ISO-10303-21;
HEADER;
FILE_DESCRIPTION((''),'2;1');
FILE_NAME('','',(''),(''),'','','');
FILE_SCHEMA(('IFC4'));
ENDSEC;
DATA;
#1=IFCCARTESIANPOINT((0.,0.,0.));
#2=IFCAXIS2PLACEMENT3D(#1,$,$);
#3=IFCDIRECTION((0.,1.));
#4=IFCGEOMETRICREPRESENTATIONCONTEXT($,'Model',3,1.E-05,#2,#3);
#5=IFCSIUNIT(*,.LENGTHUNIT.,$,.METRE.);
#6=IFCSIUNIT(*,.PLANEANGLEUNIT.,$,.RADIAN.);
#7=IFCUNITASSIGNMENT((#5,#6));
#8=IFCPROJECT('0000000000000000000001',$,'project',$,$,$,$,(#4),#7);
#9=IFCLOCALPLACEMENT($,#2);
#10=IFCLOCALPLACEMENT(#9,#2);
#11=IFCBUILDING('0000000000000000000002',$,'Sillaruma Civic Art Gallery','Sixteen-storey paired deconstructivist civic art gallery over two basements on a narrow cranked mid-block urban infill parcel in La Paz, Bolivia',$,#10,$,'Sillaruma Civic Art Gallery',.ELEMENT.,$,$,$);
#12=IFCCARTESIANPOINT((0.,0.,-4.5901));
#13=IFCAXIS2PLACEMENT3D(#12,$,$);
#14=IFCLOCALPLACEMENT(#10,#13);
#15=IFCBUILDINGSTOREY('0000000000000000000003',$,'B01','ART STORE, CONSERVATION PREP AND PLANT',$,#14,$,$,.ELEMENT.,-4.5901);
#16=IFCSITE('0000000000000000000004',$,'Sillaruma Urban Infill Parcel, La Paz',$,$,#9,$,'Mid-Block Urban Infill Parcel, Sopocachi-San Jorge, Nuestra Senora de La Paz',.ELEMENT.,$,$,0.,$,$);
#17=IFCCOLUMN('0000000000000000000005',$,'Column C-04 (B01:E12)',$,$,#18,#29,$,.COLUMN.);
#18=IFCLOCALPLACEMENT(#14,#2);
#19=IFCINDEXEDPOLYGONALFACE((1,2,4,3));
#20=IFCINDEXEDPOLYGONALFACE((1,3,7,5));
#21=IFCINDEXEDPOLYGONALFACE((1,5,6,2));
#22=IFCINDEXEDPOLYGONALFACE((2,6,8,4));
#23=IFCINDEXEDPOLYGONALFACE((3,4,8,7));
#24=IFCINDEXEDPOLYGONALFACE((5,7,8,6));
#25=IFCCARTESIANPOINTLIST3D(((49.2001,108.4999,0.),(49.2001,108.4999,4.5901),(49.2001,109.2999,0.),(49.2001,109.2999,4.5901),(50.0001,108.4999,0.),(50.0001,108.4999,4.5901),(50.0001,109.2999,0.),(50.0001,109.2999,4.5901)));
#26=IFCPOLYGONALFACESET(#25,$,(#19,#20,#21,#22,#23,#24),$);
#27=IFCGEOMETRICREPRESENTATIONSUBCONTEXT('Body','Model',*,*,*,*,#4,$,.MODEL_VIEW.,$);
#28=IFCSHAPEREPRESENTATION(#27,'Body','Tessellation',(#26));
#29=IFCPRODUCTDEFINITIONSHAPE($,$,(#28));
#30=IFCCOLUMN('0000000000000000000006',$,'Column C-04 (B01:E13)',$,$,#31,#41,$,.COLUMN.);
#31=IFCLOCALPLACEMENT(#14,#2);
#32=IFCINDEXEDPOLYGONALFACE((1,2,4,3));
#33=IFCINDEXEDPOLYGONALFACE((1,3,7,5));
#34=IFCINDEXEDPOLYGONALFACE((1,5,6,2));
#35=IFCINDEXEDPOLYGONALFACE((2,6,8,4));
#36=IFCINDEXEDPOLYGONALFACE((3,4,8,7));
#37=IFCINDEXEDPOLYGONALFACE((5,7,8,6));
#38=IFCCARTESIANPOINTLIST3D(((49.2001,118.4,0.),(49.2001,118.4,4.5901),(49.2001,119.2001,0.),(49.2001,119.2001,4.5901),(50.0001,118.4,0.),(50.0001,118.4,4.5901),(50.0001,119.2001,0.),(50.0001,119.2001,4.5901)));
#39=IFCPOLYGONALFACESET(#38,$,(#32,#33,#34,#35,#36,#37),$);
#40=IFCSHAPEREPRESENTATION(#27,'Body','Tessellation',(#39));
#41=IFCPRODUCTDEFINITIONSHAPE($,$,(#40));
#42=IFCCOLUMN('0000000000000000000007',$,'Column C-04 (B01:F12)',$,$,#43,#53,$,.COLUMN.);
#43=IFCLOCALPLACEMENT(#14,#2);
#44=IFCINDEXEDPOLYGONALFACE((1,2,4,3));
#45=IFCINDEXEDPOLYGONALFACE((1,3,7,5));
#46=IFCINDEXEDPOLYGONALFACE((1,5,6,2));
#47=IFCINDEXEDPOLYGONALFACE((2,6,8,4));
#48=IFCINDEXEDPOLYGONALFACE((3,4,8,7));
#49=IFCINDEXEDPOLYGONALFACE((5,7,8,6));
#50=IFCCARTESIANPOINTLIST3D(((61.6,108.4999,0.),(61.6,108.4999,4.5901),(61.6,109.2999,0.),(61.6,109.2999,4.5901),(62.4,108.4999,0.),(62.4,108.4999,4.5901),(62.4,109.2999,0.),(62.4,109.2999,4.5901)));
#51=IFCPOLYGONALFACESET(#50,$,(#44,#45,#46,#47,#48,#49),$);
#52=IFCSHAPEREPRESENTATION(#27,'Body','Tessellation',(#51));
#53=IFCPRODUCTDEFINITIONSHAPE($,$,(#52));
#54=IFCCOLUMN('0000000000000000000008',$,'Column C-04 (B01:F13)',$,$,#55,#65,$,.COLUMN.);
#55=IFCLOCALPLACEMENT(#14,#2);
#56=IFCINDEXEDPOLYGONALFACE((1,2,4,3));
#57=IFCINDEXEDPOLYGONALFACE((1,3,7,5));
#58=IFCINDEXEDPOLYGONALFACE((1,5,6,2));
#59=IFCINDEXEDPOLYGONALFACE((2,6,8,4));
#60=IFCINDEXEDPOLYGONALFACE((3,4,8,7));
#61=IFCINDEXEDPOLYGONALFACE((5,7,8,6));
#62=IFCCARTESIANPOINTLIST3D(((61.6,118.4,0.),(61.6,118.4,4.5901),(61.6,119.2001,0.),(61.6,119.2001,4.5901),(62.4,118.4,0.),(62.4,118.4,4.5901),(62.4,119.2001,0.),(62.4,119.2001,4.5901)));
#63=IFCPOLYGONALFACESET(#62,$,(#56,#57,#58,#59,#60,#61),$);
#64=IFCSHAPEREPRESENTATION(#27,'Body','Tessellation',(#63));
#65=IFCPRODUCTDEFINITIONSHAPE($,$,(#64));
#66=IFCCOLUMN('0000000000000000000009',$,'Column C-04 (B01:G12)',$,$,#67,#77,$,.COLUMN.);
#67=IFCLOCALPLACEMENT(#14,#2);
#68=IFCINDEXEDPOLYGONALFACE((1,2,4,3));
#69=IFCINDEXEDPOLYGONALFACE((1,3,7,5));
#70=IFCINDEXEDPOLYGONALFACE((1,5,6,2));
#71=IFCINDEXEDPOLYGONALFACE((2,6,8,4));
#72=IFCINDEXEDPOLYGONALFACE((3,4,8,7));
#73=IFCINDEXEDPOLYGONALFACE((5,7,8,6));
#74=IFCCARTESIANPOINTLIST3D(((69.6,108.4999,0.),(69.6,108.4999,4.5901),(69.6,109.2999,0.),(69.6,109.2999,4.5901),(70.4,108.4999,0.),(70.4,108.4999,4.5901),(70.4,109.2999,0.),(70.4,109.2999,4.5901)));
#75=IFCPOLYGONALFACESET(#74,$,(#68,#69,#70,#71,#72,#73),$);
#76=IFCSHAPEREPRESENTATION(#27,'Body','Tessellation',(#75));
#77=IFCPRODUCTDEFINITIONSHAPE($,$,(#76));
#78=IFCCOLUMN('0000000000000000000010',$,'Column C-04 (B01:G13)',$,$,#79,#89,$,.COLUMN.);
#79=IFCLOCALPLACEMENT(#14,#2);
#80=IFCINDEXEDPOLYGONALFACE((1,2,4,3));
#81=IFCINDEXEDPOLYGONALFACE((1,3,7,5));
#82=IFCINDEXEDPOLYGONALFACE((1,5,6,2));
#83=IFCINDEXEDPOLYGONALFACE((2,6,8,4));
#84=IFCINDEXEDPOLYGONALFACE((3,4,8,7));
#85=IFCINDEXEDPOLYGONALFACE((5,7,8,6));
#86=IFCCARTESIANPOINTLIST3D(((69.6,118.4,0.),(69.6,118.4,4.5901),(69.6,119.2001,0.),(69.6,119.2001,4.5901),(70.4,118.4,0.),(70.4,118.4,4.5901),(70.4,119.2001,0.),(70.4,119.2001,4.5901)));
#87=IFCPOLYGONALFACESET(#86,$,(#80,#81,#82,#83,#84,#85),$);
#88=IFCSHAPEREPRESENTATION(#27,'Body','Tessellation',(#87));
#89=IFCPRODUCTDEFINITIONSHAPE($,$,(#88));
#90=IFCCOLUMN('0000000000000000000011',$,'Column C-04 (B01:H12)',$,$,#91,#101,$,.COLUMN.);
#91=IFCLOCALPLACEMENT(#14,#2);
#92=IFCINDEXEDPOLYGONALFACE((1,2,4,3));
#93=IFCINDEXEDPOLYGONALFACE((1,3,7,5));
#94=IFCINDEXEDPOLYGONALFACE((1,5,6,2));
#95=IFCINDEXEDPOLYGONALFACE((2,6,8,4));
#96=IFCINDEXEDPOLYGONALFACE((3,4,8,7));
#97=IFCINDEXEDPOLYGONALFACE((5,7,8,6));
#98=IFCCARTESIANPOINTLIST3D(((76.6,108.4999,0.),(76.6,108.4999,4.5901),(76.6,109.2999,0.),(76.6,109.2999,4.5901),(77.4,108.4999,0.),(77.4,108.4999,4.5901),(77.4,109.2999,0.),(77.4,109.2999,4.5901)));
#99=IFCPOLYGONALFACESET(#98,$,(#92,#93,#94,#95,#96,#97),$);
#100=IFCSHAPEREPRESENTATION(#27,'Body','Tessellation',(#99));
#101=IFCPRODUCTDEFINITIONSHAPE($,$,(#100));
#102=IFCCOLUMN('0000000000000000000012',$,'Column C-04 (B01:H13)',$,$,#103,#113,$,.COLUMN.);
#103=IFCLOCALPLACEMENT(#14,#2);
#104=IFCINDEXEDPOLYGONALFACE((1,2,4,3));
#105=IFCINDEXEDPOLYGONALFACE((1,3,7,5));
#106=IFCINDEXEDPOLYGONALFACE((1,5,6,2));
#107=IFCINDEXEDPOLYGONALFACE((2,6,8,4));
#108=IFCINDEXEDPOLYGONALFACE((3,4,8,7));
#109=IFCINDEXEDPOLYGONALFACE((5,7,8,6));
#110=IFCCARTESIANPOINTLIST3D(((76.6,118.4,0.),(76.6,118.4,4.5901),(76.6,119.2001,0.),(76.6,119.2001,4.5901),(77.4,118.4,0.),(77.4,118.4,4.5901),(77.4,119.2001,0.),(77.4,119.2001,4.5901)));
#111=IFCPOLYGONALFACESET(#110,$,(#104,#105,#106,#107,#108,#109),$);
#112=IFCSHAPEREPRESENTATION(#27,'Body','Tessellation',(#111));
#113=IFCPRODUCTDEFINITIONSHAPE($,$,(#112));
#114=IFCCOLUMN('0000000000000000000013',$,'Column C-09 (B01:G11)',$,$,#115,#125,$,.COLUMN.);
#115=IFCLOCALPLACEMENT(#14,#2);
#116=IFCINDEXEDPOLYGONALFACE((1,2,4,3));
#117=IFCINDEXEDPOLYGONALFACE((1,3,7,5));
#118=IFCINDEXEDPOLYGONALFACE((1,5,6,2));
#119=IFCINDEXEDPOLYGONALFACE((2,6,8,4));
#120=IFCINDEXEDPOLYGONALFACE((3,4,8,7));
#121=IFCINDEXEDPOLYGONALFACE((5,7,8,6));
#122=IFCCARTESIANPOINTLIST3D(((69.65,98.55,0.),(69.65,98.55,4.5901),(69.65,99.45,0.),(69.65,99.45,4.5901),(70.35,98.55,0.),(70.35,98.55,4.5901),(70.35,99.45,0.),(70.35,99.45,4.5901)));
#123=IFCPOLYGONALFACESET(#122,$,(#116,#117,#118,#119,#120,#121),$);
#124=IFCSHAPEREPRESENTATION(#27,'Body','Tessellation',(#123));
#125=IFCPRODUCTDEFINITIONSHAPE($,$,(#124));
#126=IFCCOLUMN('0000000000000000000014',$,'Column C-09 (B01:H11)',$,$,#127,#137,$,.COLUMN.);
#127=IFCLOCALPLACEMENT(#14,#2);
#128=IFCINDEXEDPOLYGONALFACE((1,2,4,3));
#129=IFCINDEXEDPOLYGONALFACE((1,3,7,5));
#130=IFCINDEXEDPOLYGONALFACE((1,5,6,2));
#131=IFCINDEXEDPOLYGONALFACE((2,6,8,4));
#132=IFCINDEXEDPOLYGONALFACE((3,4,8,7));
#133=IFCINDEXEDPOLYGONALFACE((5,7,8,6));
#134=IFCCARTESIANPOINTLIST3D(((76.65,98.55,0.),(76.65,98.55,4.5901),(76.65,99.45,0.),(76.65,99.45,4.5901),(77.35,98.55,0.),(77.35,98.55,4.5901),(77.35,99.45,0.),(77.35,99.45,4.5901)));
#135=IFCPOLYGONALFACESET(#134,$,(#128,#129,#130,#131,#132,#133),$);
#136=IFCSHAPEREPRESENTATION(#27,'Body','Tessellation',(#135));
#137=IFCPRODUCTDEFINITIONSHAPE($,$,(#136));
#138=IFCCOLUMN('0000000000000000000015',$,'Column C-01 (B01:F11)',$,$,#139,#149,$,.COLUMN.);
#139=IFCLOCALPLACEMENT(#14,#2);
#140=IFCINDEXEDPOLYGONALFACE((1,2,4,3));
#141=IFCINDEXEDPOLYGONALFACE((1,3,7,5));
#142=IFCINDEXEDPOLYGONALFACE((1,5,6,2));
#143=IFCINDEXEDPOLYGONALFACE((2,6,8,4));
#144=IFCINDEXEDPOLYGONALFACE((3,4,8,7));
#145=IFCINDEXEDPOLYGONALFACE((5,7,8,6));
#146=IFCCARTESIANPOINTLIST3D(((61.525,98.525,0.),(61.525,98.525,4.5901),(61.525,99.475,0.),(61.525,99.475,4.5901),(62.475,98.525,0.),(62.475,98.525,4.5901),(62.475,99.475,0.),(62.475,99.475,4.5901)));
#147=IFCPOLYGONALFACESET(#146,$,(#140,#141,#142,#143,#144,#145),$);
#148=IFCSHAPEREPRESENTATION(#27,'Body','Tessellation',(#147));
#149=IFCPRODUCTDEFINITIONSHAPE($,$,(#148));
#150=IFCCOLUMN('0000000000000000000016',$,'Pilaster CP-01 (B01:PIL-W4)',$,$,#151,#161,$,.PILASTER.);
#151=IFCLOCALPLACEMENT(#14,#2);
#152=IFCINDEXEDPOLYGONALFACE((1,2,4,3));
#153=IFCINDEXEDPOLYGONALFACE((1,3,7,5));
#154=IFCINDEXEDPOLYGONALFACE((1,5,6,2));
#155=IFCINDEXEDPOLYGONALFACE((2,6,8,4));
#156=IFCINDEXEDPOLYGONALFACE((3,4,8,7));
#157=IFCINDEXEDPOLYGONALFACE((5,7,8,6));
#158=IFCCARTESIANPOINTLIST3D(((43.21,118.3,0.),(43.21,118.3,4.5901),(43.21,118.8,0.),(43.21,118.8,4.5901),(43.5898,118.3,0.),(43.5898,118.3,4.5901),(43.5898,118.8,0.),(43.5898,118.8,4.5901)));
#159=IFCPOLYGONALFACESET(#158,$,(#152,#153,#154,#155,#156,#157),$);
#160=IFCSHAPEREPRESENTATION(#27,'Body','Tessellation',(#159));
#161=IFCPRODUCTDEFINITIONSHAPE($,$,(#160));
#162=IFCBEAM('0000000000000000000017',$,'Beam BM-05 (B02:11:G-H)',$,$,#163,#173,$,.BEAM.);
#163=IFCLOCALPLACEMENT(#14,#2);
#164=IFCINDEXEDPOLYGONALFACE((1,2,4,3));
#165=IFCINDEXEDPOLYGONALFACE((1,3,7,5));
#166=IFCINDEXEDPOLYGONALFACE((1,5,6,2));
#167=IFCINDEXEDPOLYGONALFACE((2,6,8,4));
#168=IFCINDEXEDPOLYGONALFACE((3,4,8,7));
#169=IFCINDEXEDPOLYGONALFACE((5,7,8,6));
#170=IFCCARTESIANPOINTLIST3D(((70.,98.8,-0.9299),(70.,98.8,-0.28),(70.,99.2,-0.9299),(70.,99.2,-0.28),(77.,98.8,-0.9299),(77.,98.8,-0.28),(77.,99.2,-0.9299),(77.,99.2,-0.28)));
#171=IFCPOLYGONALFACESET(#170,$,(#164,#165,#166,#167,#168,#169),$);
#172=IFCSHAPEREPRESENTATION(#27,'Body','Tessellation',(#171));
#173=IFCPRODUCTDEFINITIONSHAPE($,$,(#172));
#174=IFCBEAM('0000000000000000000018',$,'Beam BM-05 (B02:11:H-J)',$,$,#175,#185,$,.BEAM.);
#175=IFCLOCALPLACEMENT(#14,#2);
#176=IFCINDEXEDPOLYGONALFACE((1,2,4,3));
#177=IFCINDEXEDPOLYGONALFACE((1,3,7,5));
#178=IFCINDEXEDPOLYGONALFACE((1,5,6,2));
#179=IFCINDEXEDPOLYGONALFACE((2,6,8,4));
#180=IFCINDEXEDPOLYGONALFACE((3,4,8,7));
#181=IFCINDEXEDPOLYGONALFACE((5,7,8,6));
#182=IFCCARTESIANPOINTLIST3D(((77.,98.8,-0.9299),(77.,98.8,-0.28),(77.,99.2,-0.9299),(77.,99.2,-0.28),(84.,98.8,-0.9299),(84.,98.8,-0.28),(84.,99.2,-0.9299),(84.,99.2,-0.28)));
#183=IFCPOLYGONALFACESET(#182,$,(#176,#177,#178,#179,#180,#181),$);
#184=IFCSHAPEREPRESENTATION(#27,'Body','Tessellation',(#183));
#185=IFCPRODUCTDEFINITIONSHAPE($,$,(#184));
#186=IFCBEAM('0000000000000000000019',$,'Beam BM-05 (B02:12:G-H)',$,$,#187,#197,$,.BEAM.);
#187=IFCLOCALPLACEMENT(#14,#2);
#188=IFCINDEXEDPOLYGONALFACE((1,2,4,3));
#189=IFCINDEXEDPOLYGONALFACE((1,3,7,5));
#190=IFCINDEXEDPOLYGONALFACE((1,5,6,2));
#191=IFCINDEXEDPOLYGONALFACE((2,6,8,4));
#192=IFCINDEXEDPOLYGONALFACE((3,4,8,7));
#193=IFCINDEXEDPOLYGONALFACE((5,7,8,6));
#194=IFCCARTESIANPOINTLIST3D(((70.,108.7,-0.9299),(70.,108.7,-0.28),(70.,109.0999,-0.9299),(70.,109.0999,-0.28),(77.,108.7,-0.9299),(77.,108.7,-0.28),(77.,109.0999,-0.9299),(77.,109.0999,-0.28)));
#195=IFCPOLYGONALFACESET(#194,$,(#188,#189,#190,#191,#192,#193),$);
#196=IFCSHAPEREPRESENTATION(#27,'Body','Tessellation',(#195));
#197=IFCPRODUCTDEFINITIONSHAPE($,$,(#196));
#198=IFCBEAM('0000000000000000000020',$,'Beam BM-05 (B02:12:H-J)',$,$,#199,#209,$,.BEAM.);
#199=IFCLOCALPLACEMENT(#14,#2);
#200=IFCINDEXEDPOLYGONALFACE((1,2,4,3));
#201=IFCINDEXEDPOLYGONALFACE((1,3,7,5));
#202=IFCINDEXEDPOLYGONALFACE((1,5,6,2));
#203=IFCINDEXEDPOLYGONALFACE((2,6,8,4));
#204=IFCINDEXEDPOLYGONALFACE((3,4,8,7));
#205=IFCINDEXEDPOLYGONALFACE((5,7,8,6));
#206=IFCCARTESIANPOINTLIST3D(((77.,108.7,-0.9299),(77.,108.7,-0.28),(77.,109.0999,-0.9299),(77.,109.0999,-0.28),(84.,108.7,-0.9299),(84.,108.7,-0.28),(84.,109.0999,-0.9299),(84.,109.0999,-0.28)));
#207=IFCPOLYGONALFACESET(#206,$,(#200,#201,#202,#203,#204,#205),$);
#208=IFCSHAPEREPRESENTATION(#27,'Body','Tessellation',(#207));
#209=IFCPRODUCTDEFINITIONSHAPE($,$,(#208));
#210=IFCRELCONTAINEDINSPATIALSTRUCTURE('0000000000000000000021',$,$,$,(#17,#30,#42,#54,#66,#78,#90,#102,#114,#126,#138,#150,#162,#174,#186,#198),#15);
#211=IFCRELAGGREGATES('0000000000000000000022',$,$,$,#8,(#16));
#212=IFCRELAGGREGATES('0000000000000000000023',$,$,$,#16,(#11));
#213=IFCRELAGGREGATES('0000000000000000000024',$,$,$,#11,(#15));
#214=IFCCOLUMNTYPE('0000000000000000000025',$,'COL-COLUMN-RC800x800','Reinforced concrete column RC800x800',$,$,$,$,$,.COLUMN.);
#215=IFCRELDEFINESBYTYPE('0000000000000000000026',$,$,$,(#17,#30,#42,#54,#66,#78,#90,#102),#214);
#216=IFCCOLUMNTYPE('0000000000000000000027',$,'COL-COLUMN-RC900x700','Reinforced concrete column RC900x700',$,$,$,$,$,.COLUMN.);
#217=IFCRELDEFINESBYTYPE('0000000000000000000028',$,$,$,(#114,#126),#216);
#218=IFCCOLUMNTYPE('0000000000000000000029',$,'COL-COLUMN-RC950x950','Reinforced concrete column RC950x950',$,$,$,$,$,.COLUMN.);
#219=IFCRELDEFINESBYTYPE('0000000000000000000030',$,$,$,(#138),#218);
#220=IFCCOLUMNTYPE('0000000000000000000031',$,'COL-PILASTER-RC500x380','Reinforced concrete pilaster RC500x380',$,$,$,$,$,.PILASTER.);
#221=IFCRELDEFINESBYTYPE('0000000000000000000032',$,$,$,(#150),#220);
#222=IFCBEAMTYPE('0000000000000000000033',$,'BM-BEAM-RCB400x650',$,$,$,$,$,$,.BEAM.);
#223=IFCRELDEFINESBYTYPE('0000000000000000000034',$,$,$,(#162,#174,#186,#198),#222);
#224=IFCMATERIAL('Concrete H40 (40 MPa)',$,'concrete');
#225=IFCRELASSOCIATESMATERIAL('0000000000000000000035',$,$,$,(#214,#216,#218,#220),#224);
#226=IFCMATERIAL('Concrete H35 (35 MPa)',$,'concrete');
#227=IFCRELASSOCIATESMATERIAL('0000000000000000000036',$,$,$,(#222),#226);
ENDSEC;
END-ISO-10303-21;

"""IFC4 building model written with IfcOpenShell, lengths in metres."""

from ifc_helpers import new_model, si_unit, direction, frame, origin, origin_2d, place, context, subcontext, project, spatial, rectangle, extrude, material, material_profile, profile_set, type_object, element, save


model = new_model("IFC4")

# Units and contexts
model_context = context("Model", 3, precision=1e-05, world=origin(), true_north=direction((0.0, 1.0)))
body_context = subcontext(model_context, "Body", "Model", "MODEL_VIEW")
ifc_project = project(units=[si_unit("LENGTHUNIT", "METRE"), si_unit("PLANEANGLEUNIT", "RADIAN")], contexts=[model_context])

# Site, building, storey
site_placement = place(None, origin())
site = spatial("IfcSite", under=ifc_project, at=site_placement, Name="Sillaruma Urban Infill Parcel, La Paz", LongName="Mid-Block Urban Infill Parcel, Sopocachi-San Jorge, Nuestra Senora de La Paz", CompositionType="ELEMENT", RefElevation=0.0)
building_placement = place(site_placement, origin())
building = spatial("IfcBuilding", under=site, at=building_placement, Name="Sillaruma Civic Art Gallery", Description="Sixteen-storey paired deconstructivist civic art gallery over two basements on a narrow cranked mid-block urban infill parcel in La Paz, Bolivia", LongName="Sillaruma Civic Art Gallery", CompositionType="ELEMENT")
storey_placement = place(building_placement, frame((0.0, 0.0, -4.5901)))
storey = spatial("IfcBuildingStorey", under=building, at=storey_placement, Name="B01", Description="ART STORE, CONSERVATION PREP AND PLANT", CompositionType="ELEMENT", Elevation=-4.5901)

# Columns
ifc_material_1 = material(Name="Concrete H40 (40 MPa)", Category="concrete")
ifc_material_profile_1 = material_profile(ifc_material_1, rectangle(XDim=0.8, YDim=0.8, at=origin_2d()), Name="RC800x800")
ifc_profile_set_1 = profile_set([ifc_material_profile_1], Name="Concrete H40 (40 MPa)")
column_type_1 = type_object("IfcColumnType", Name="COL-COLUMN-RC800x800", Description="Reinforced concrete column RC800x800", PredefinedType="COLUMN", material=ifc_profile_set_1)
for number, where, z_axis, x_axis, name in (
    (1, (49.6001, 108.8999, 0.0), (0.0, 0.0, 1.0), (1.0, 0.0, 0.0), "Column C-04 (B01:E12)"),
    (2, (49.6001, 118.8, 0.0), (0.0, 0.0, 1.0), (1.0, 0.0, 0.0), "Column C-04 (B01:E13)"),
    (3, (62.0, 108.8999, 0.0), (0.0, 0.0, 1.0), (1.0, 0.0, 0.0), "Column C-04 (B01:F12)"),
    (4, (62.0, 118.8, 0.0), (0.0, 0.0, 1.0), (1.0, 0.0, 0.0), "Column C-04 (B01:F13)"),
    (5, (70.0, 108.8999, 0.0), (0.0, 0.0, 1.0), (1.0, 0.0, 0.0), "Column C-04 (B01:G12)"),
    (6, (70.0, 118.8, 0.0), (0.0, 0.0, 1.0), (1.0, 0.0, 0.0), "Column C-04 (B01:G13)"),
    (7, (77.0, 108.8999, 0.0), (0.0, 0.0, 1.0), (1.0, 0.0, 0.0), "Column C-04 (B01:H12)"),
    (8, (77.0, 118.8, 0.0), (0.0, 0.0, 1.0), (1.0, 0.0, 0.0), "Column C-04 (B01:H13)"),
):
    element("IfcColumn", number, at=place(storey_placement, frame(where, z_axis=z_axis, x_axis=x_axis)), inside=storey, type_object=column_type_1, Name=name, PredefinedType="COLUMN", context=body_context, shape_type="SweptSolid", body=[
        extrude(rectangle(XDim=0.8, YDim=0.8, at=origin_2d()), origin(), (0.0, 0.0, 1.0), 4.5901),
    ])
ifc_material_profile_2 = material_profile(ifc_material_1, rectangle(XDim=0.7, YDim=0.8999, at=origin_2d()), Name="RC900x700")
ifc_profile_set_2 = profile_set([ifc_material_profile_2], Name="Concrete H40 (40 MPa)")
column_type_2 = type_object("IfcColumnType", Name="COL-COLUMN-RC900x700", Description="Reinforced concrete column RC900x700", PredefinedType="COLUMN", material=ifc_profile_set_2)
for number, where, z_axis, x_axis, name in (
    (9, (70.0, 99.0, 0.0), (0.0, 0.0, 1.0), (1.0, 0.0, 0.0), "Column C-09 (B01:G11)"),
    (10, (77.0, 99.0, 0.0), (0.0, 0.0, 1.0), (1.0, 0.0, 0.0), "Column C-09 (B01:H11)"),
):
    element("IfcColumn", number, at=place(storey_placement, frame(where, z_axis=z_axis, x_axis=x_axis)), inside=storey, type_object=column_type_2, Name=name, PredefinedType="COLUMN", context=body_context, shape_type="SweptSolid", body=[
        extrude(rectangle(XDim=0.7, YDim=0.8999, at=origin_2d()), origin(), (0.0, 0.0, 1.0), 4.5901),
    ])
ifc_material_profile_3 = material_profile(ifc_material_1, rectangle(XDim=0.95, YDim=0.95, at=origin_2d()), Name="RC950x950")
ifc_profile_set_3 = profile_set([ifc_material_profile_3], Name="Concrete H40 (40 MPa)")
column_type_3 = type_object("IfcColumnType", Name="COL-COLUMN-RC950x950", Description="Reinforced concrete column RC950x950", PredefinedType="COLUMN", material=ifc_profile_set_3)
column_1_placement = place(storey_placement, frame((62.0, 99.0, 0.0), z_axis=(0.0, 0.0, 1.0), x_axis=(1.0, 0.0, 0.0)))
element("IfcColumn", 11, at=column_1_placement, inside=storey, type_object=column_type_3, Name="Column C-01 (B01:F11)", PredefinedType="COLUMN", context=body_context, shape_type="SweptSolid", body=[
    extrude(rectangle(XDim=0.95, YDim=0.95, at=origin_2d()), origin(), (0.0, 0.0, 1.0), 4.5901),
])
ifc_material_profile_4 = material_profile(ifc_material_1, rectangle(XDim=0.3799, YDim=0.5, at=origin_2d()), Name="RC500x380")
ifc_profile_set_4 = profile_set([ifc_material_profile_4], Name="Concrete H40 (40 MPa)")
column_type_4 = type_object("IfcColumnType", Name="COL-PILASTER-RC500x380", Description="Reinforced concrete pilaster RC500x380", PredefinedType="PILASTER", material=ifc_profile_set_4)
column_2_placement = place(storey_placement, frame((43.3999, 118.55, 0.0), z_axis=(0.0, 0.0, 1.0), x_axis=(1.0, 0.0, 0.0)))
element("IfcColumn", 12, at=column_2_placement, inside=storey, type_object=column_type_4, Name="Pilaster CP-01 (B01:PIL-W4)", PredefinedType="PILASTER", context=body_context, shape_type="SweptSolid", body=[
    extrude(rectangle(XDim=0.3799, YDim=0.5, at=origin_2d()), origin(), (0.0, 0.0, 1.0), 4.5901),
])

# Beams
ifc_material_2 = material(Name="Concrete H35 (35 MPa)", Category="concrete")
ifc_material_profile_5 = material_profile(ifc_material_2, rectangle(XDim=0.3999, YDim=0.6499, at=origin_2d()), Name="RCB400x650")
ifc_profile_set_5 = profile_set([ifc_material_profile_5], Name="Concrete H35 (35 MPa)")
beam_type_1 = type_object("IfcBeamType", Name="BM-BEAM-RCB400x650", PredefinedType="BEAM", material=ifc_profile_set_5)
for number, where, z_axis, x_axis, name in (
    (13, (70.0, 99.0, -0.605), (1.0, 0.0, 0.0), (0.0, 1.0, 0.0), "Beam BM-05 (B02:11:G-H)"),
    (14, (77.0, 99.0, -0.605), (1.0, 0.0, 0.0), (0.0, 1.0, 0.0), "Beam BM-05 (B02:11:H-J)"),
    (15, (70.0, 108.8999, -0.605), (1.0, 0.0, 0.0), (0.0, 1.0, 0.0), "Beam BM-05 (B02:12:G-H)"),
    (16, (77.0, 108.8999, -0.605), (1.0, 0.0, 0.0), (0.0, 1.0, 0.0), "Beam BM-05 (B02:12:H-J)"),
):
    element("IfcBeam", number, at=place(storey_placement, frame(where, z_axis=z_axis, x_axis=x_axis)), inside=storey, type_object=beam_type_1, Name=name, PredefinedType="BEAM", context=body_context, shape_type="SweptSolid", body=[
        extrude(rectangle(XDim=0.3999, YDim=0.6499, at=origin_2d()), origin(), (0.0, 0.0, 1.0), 7.0),
    ])

save(model, "model.ifc")
